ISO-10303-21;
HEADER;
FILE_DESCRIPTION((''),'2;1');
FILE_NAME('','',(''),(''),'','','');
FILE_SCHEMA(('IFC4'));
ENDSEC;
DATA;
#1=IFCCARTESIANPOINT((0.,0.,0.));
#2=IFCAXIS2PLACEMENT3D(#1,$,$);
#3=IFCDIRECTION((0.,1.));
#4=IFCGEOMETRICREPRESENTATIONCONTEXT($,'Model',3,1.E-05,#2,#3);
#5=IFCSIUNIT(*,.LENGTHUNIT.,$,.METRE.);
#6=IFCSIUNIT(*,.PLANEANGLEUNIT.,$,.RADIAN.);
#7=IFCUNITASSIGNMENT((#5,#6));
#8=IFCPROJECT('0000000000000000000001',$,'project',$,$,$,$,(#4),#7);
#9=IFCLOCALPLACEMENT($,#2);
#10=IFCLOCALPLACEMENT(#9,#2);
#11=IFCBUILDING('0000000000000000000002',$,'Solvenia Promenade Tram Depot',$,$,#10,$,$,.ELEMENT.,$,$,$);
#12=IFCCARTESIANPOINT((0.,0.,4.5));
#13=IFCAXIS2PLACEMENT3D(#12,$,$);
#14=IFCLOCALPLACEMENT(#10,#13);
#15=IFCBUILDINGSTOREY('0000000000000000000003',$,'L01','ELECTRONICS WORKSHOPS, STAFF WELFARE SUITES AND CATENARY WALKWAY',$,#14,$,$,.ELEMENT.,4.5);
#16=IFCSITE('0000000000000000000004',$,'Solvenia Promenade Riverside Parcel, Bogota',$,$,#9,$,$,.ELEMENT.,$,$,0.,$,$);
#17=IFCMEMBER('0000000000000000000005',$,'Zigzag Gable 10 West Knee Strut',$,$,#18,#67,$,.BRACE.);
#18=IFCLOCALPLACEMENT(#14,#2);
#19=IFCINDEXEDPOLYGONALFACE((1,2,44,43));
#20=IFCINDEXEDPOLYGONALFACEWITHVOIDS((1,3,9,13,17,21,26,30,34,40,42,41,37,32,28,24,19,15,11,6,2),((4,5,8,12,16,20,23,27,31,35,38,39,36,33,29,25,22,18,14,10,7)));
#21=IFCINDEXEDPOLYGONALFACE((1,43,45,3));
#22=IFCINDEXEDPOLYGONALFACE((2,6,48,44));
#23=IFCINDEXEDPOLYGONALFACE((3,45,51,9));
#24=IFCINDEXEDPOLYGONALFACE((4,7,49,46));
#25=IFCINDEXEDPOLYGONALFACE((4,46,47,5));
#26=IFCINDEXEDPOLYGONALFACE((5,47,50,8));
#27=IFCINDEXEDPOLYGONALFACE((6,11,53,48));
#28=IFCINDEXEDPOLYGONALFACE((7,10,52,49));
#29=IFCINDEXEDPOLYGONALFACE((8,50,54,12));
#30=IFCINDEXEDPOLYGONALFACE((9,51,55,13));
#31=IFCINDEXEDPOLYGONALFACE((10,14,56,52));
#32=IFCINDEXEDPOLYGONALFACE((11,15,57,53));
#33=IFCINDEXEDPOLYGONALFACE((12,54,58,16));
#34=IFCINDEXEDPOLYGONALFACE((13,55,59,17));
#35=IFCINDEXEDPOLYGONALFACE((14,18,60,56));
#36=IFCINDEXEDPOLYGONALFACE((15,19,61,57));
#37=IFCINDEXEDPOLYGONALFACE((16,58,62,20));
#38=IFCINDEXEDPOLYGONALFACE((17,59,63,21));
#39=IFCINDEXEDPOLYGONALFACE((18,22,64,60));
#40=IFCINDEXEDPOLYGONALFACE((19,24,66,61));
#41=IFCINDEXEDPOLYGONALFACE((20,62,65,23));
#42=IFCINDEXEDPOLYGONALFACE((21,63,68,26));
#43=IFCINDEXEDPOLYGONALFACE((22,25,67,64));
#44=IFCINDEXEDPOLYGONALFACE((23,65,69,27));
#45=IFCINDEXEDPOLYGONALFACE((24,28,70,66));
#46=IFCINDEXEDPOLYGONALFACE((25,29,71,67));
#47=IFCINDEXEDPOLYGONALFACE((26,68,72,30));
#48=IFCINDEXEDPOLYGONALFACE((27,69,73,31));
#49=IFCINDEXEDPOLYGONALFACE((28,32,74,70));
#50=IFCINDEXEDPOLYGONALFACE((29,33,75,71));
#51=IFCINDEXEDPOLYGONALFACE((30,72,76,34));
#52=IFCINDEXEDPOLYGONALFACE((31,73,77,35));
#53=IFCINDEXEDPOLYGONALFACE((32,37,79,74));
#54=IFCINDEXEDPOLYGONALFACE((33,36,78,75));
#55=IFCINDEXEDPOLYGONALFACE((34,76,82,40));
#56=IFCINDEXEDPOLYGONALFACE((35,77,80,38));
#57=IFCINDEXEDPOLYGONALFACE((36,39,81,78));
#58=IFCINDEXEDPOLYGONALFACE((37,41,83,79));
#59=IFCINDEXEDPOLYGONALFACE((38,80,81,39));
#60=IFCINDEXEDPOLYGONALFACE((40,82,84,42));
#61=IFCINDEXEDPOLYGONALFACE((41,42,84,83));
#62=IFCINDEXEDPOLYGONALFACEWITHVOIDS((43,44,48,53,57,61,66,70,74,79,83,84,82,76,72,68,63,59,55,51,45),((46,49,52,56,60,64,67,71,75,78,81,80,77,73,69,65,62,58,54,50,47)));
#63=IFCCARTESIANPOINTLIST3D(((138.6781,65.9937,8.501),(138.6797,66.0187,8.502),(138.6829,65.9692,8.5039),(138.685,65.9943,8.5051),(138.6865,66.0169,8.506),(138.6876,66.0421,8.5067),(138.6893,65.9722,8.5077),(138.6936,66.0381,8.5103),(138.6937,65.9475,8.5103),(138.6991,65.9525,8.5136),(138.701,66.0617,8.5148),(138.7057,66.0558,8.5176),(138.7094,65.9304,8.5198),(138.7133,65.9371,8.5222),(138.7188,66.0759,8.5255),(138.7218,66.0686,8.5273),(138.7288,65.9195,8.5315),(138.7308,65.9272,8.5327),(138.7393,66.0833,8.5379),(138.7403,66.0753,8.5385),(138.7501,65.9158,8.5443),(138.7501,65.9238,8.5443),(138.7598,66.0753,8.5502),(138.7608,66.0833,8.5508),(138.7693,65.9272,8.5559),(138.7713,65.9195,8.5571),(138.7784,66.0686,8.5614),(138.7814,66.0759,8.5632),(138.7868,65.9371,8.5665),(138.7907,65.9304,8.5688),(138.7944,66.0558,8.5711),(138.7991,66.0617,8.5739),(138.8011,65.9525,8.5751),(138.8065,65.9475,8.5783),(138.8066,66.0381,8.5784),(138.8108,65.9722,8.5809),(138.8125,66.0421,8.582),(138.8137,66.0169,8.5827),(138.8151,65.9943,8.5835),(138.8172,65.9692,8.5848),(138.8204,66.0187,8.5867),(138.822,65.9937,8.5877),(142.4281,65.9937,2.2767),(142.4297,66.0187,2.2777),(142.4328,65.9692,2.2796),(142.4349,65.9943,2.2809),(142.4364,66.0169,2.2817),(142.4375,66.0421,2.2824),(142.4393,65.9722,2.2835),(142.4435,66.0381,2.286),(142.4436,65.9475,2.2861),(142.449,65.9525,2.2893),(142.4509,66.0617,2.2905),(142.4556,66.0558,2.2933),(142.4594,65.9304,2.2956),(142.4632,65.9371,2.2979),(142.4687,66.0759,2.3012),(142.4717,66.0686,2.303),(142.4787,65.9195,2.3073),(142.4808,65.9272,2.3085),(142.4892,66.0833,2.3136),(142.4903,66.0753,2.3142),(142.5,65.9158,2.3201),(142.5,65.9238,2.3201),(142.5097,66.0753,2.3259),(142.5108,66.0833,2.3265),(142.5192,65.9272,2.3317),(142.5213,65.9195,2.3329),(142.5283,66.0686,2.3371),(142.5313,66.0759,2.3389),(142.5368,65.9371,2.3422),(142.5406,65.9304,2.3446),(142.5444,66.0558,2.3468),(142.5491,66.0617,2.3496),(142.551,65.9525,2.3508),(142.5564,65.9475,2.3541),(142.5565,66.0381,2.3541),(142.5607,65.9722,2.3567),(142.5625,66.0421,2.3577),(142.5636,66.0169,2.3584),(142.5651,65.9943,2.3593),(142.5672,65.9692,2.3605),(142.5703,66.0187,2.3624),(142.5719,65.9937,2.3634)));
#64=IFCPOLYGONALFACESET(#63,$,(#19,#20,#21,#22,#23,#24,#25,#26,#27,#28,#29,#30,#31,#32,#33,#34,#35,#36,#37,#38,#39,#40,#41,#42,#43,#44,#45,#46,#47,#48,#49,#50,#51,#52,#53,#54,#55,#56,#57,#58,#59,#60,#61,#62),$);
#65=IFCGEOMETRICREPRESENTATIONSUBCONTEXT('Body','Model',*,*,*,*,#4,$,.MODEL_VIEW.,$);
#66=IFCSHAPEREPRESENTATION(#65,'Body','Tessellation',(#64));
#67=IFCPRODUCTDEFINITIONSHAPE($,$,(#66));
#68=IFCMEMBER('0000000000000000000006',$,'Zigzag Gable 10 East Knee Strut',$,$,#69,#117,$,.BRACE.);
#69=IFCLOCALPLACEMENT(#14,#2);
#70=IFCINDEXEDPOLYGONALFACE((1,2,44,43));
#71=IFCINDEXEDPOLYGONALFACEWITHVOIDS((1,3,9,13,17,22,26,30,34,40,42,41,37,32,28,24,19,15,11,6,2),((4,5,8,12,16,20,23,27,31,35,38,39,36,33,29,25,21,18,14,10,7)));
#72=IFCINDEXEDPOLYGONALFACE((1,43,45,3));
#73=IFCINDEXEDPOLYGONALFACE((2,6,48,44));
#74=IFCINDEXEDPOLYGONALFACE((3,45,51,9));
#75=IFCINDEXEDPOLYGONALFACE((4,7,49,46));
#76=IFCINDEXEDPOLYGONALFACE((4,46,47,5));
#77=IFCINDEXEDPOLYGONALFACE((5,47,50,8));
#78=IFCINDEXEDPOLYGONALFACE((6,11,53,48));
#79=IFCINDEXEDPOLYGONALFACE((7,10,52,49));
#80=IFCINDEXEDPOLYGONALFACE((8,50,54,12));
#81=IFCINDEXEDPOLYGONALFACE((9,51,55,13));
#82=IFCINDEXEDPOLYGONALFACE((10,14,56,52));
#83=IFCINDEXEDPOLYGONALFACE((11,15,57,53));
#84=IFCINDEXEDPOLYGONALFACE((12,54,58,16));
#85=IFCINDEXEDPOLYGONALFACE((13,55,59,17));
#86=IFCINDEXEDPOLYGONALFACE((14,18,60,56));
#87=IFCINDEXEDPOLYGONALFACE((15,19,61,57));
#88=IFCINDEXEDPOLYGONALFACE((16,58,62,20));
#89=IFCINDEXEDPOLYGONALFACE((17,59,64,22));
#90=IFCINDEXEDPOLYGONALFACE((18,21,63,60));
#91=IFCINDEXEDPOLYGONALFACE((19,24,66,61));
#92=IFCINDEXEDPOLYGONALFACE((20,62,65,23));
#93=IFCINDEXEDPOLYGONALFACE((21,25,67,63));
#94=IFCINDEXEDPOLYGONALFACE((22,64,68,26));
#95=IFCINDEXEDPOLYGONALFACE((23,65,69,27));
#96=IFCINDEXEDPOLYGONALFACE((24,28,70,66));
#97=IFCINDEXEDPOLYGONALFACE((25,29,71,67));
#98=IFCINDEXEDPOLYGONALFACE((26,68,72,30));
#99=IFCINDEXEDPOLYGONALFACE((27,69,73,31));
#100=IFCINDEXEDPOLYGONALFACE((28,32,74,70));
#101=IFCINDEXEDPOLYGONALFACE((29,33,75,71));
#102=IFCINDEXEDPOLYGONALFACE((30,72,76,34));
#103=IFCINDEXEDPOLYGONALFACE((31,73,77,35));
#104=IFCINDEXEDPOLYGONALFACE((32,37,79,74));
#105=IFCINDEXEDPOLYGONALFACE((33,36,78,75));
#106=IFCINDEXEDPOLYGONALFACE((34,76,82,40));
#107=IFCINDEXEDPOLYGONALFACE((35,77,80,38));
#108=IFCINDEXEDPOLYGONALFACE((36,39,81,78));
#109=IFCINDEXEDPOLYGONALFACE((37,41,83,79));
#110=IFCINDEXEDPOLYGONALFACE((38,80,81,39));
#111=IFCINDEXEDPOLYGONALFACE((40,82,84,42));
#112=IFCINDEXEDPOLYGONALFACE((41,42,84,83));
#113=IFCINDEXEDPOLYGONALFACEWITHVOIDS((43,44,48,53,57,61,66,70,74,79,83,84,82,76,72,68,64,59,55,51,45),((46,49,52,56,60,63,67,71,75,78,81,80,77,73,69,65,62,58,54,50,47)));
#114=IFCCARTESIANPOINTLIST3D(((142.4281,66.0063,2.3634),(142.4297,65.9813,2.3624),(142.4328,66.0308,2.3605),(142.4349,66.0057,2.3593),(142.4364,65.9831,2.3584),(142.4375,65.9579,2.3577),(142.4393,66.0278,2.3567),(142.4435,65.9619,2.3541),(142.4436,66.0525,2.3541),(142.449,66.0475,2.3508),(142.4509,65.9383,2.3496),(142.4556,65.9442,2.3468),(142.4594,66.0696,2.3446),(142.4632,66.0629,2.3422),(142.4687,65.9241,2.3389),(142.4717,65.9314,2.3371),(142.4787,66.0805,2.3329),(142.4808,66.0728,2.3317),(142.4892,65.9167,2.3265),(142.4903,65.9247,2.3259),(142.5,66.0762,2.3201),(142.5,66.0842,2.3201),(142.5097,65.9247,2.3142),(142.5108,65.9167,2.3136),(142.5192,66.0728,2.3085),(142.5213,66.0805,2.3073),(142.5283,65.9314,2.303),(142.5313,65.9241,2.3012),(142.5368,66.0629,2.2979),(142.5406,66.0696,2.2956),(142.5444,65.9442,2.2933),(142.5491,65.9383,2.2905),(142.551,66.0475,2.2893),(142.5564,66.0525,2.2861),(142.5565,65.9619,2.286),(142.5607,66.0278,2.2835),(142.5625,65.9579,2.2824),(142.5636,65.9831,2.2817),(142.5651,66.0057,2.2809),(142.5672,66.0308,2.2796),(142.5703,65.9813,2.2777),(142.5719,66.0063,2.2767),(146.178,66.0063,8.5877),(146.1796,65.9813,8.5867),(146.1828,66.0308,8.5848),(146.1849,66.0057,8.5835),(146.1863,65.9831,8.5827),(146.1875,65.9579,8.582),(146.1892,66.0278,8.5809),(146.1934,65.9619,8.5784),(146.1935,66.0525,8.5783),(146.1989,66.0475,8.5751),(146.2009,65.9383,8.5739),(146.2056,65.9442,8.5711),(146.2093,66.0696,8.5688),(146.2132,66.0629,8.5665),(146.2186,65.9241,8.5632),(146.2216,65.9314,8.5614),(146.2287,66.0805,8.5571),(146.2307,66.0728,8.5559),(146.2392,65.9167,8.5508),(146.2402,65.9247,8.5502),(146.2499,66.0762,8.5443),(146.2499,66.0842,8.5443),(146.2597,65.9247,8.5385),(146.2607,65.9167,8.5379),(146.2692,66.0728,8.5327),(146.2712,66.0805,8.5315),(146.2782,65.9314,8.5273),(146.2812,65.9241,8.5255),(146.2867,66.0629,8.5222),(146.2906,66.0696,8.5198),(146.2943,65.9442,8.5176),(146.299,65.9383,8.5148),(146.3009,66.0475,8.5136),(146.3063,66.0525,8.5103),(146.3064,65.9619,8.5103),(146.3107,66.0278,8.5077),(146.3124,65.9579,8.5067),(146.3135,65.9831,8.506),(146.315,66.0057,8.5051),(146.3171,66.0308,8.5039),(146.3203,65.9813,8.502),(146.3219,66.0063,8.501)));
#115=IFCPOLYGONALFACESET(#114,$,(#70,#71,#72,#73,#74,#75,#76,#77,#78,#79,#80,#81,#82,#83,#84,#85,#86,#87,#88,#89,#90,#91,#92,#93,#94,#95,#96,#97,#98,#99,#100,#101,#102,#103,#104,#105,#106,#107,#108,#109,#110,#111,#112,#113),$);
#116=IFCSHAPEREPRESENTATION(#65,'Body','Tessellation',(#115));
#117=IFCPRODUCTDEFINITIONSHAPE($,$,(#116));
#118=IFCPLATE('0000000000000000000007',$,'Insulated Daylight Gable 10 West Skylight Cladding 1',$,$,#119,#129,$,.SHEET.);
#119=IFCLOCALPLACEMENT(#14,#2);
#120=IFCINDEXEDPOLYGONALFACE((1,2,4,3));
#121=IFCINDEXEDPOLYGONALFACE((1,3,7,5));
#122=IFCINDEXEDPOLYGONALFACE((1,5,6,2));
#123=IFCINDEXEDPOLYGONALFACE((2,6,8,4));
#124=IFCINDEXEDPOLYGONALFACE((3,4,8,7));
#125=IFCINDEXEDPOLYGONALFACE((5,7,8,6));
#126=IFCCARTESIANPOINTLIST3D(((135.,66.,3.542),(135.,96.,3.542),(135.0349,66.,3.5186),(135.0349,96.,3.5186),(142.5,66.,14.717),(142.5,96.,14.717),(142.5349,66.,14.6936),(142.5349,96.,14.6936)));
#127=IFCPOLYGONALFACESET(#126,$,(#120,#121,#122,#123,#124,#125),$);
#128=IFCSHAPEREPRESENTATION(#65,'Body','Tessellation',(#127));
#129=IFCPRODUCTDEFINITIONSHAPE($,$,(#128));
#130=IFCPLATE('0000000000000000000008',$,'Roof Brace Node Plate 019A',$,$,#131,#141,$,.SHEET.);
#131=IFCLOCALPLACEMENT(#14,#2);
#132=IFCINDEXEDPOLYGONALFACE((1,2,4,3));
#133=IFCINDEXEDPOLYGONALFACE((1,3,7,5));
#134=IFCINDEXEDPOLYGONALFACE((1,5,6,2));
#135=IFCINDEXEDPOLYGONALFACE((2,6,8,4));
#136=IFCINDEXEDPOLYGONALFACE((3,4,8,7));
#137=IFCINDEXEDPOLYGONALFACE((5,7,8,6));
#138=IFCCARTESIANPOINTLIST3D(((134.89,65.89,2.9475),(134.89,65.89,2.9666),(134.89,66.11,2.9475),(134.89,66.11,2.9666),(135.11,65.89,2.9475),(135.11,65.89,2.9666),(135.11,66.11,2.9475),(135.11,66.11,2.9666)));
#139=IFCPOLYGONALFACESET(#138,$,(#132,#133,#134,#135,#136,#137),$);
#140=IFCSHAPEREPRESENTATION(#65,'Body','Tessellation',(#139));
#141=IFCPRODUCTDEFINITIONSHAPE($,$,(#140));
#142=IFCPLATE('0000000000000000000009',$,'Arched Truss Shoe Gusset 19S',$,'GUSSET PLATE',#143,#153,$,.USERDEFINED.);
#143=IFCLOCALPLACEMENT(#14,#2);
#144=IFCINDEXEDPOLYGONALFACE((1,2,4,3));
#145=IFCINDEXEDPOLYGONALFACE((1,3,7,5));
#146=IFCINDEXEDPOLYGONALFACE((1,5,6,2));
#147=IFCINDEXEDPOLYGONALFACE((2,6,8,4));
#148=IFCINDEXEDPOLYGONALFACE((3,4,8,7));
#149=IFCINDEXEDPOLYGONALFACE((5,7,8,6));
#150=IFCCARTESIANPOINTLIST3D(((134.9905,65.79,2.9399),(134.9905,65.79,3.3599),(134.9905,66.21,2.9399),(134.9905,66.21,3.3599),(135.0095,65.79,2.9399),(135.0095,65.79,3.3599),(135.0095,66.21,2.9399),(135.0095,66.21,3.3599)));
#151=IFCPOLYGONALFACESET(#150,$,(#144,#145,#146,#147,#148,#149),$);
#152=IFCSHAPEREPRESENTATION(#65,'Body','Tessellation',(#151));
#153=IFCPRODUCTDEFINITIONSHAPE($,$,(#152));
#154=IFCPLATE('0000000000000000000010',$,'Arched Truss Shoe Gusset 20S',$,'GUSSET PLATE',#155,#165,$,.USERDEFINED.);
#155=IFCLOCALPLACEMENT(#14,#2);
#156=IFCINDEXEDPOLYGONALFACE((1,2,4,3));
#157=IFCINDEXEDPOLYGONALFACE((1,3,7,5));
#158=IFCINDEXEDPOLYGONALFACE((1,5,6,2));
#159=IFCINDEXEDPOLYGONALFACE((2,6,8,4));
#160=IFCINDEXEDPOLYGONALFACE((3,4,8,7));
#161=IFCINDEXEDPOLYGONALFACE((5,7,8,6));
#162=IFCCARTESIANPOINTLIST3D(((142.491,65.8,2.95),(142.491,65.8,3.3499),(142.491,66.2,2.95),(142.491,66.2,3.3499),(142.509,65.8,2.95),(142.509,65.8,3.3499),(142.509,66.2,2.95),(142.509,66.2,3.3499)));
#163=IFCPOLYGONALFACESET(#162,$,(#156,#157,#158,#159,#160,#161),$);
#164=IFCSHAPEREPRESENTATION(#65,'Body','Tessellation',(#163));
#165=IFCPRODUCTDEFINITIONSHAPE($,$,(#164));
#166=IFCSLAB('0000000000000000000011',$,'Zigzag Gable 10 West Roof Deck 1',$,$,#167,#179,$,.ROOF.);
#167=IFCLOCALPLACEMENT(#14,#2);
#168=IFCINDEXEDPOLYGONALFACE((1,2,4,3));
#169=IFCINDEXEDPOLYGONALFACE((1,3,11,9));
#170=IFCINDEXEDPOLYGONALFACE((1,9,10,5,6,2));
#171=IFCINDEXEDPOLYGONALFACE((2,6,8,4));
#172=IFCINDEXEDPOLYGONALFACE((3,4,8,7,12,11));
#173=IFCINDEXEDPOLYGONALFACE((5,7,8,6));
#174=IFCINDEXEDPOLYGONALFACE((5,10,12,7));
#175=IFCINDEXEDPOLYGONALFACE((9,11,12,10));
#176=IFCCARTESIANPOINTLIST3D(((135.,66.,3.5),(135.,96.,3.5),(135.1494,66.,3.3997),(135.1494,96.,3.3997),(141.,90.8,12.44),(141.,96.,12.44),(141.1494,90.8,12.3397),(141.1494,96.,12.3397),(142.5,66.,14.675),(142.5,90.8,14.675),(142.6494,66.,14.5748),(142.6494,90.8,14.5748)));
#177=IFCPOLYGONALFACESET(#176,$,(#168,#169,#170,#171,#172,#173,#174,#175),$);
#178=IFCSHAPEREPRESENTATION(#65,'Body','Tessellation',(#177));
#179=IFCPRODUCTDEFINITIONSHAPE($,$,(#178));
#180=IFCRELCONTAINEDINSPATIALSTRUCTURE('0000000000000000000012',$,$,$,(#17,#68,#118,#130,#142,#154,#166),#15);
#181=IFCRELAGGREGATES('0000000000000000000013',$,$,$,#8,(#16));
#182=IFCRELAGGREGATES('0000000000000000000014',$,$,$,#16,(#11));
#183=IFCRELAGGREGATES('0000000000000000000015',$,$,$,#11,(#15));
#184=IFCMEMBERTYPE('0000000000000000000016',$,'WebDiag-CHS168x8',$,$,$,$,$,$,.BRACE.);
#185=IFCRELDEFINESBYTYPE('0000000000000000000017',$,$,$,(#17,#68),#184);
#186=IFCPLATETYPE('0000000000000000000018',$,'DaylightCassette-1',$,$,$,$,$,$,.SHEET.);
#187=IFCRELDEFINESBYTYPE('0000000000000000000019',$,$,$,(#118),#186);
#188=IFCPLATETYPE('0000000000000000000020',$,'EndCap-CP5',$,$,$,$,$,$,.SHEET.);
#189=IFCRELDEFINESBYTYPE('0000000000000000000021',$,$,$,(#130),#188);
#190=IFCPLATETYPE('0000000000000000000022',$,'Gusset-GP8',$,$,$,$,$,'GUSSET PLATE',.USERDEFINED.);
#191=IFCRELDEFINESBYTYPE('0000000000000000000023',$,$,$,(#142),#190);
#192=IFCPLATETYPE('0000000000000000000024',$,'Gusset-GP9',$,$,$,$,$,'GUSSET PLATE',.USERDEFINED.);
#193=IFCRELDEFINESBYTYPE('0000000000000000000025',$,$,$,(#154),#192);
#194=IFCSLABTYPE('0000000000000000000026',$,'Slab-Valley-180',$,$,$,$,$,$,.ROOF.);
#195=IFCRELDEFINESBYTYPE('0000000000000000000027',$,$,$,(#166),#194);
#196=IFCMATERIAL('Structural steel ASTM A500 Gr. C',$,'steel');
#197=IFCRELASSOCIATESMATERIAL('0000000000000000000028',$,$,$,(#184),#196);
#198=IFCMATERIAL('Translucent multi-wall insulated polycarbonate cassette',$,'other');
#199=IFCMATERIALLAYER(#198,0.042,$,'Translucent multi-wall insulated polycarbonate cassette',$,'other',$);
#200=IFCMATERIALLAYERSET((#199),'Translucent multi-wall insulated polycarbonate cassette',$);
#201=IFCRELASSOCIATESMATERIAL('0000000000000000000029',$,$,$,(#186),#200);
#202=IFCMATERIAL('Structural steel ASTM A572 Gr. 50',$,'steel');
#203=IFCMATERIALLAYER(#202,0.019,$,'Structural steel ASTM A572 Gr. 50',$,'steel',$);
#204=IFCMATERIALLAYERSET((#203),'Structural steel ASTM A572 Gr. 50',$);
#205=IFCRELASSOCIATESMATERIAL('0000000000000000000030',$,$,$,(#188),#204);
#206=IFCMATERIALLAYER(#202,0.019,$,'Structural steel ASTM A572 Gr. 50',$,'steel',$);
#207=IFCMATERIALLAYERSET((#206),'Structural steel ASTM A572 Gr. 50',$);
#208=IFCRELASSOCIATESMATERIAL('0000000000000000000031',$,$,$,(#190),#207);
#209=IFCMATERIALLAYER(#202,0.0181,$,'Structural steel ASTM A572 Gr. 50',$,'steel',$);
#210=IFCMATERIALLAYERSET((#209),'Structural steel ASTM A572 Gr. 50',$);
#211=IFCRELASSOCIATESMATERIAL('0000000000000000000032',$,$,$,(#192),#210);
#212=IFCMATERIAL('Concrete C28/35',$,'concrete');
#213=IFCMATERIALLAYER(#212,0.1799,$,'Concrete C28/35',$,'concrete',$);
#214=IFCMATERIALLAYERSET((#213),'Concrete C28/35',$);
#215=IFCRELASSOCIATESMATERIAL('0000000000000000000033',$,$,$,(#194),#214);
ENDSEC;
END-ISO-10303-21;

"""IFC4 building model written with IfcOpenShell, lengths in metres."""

from ifc_helpers import new_model, si_unit, direction, frame, origin, origin_2d, place, context, subcontext, project, spatial, polyline, rectangle, hollow_circle, outline, extrude, material, layer, layer_set, material_profile, profile_set, type_object, element, save


model = new_model("IFC4")

# Units and contexts
model_context = context("Model", 3, precision=1e-05, world=origin(), true_north=direction((0.0, 1.0)))
body_context = subcontext(model_context, "Body", "Model", "MODEL_VIEW")
ifc_project = project(units=[si_unit("LENGTHUNIT", "METRE"), si_unit("PLANEANGLEUNIT", "RADIAN")], contexts=[model_context])

# Site, building, storey
site_placement = place(None, origin())
site = spatial("IfcSite", under=ifc_project, at=site_placement, Name="Solvenia Promenade Riverside Parcel, Bogota", CompositionType="ELEMENT", RefElevation=0.0)
building_placement = place(site_placement, origin())
building = spatial("IfcBuilding", under=site, at=building_placement, Name="Solvenia Promenade Tram Depot", CompositionType="ELEMENT")
storey_placement = place(building_placement, frame((0.0, 0.0, 4.5)))
storey = spatial("IfcBuildingStorey", under=building, at=storey_placement, Name="L01", Description="ELECTRONICS WORKSHOPS, STAFF WELFARE SUITES AND CATENARY WALKWAY", CompositionType="ELEMENT", Elevation=4.5)

# Shared definitions
ifc_material_1 = material(Name="Structural steel ASTM A500 Gr. C", Category="steel")

# Members
ifc_material_profile_1 = material_profile(ifc_material_1, hollow_circle(Radius=0.0842, WallThickness=0.0081, at=origin_2d()), Name="CHS168.3x8", Category="steel")
ifc_profile_set_1 = profile_set([ifc_material_profile_1], Name="Structural steel ASTM A500 Gr. C")
member_type_1 = type_object("IfcMemberType", Name="WebDiag-CHS168x8", PredefinedType="BRACE", material=ifc_profile_set_1)
for number, where, z_axis, x_axis, name in (
    (1, (142.5, 66.0, 2.3201), (-0.516051, 0.0, 0.856558), (0.0, -1.0, 0.0), "Zigzag Gable 10 West Knee Strut"),
    (2, (142.5, 66.0, 2.3201), (0.516051, 0.0, 0.856558), (0.0, 1.0, 0.0), "Zigzag Gable 10 East Knee Strut"),
):
    element("IfcMember", number, at=place(storey_placement, frame(where, z_axis=z_axis, x_axis=x_axis)), inside=storey, type_object=member_type_1, Name=name, PredefinedType="BRACE", context=body_context, shape_type="SweptSolid", body=[
        extrude(hollow_circle(Radius=0.0842, WallThickness=0.0081, at=origin_2d()), origin(), (0.0, 0.0, 1.0), 7.2666),
    ])

# Plates
ifc_material_2 = material(Name="Translucent multi-wall insulated polycarbonate cassette", Category="other")
ifc_layer_1 = layer(ifc_material_2, 0.042, Name="Translucent multi-wall insulated polycarbonate cassette", Category="other")
ifc_layer_set_1 = layer_set([ifc_layer_1], Name="Translucent multi-wall insulated polycarbonate cassette")
plate_type_1 = type_object("IfcPlateType", Name="DaylightCassette-1", PredefinedType="SHEET", material=ifc_layer_set_1)
plate_1_placement = place(storey_placement, frame((135.0, 66.0, 3.542), z_axis=(-0.830333, 0.0, 0.557268), x_axis=(0.0, 1.0, 0.0)))
element("IfcPlate", 3, at=plate_1_placement, inside=storey, type_object=plate_type_1, Name="Insulated Daylight Gable 10 West Skylight Cladding 1", PredefinedType="SHEET", context=body_context, shape_type="SweptSolid", body=[
    extrude(outline(polyline([(0.0, 0.0), (30.0, 0.0), (30.0, -13.4585), (0.0, -13.4585), (0.0, 0.0)])), origin(), (0.0, 0.0, -1.0), 0.042),
])
ifc_material_3 = material(Name="Structural steel ASTM A572 Gr. 50", Category="steel")
ifc_layer_2 = layer(ifc_material_3, 0.019, Name="Structural steel ASTM A572 Gr. 50", Category="steel")
ifc_layer_set_2 = layer_set([ifc_layer_2], Name="Structural steel ASTM A572 Gr. 50")
plate_type_2 = type_object("IfcPlateType", Name="EndCap-CP5", PredefinedType="SHEET", material=ifc_layer_set_2)
plate_2_placement = place(storey_placement, frame((135.0, 66.0, 2.9475), z_axis=(0.0, 0.0, 1.0), x_axis=(1.0, 0.0, 0.0)))
element("IfcPlate", 4, at=plate_2_placement, inside=storey, type_object=plate_type_2, Name="Roof Brace Node Plate 019A", PredefinedType="SHEET", context=body_context, shape_type="SweptSolid", body=[
    extrude(rectangle(XDim=0.22, YDim=0.22, at=origin_2d()), origin(), (0.0, 0.0, 1.0), 0.019),
])
ifc_layer_3 = layer(ifc_material_3, 0.019, Name="Structural steel ASTM A572 Gr. 50", Category="steel")
ifc_layer_set_3 = layer_set([ifc_layer_3], Name="Structural steel ASTM A572 Gr. 50")
plate_type_3 = type_object("IfcPlateType", Name="Gusset-GP8", ElementType="GUSSET PLATE", PredefinedType="USERDEFINED", material=ifc_layer_set_3)
plate_3_placement = place(storey_placement, frame((135.0, 66.0, 2.9399), z_axis=(0.0, 0.0, 1.0), x_axis=(1.0, 0.0, 0.0)))
element("IfcPlate", 5, at=plate_3_placement, inside=storey, type_object=plate_type_3, Name="Arched Truss Shoe Gusset 19S", ObjectType="GUSSET PLATE", PredefinedType="USERDEFINED", context=body_context, shape_type="SweptSolid", body=[
    extrude(rectangle(XDim=0.019, YDim=0.4199, at=origin_2d()), origin(), (0.0, 0.0, 1.0), 0.4199),
])
ifc_layer_4 = layer(ifc_material_3, 0.0181, Name="Structural steel ASTM A572 Gr. 50", Category="steel")
ifc_layer_set_4 = layer_set([ifc_layer_4], Name="Structural steel ASTM A572 Gr. 50")
plate_type_4 = type_object("IfcPlateType", Name="Gusset-GP9", ElementType="GUSSET PLATE", PredefinedType="USERDEFINED", material=ifc_layer_set_4)
plate_4_placement = place(storey_placement, frame((142.5, 66.0, 2.95), z_axis=(0.0, 0.0, 1.0), x_axis=(1.0, 0.0, 0.0)))
element("IfcPlate", 6, at=plate_4_placement, inside=storey, type_object=plate_type_4, Name="Arched Truss Shoe Gusset 20S", ObjectType="GUSSET PLATE", PredefinedType="USERDEFINED", context=body_context, shape_type="SweptSolid", body=[
    extrude(rectangle(XDim=0.0181, YDim=0.3999, at=origin_2d()), origin(), (0.0, 0.0, 1.0), 0.3999),
])

# Slab
ifc_material_4 = material(Name="Concrete C28/35", Category="concrete")
ifc_layer_5 = layer(ifc_material_4, 0.1799, Name="Concrete C28/35", Category="concrete")
ifc_layer_set_5 = layer_set([ifc_layer_5], Name="Concrete C28/35")
slab_type = type_object("IfcSlabType", Name="Slab-Valley-180", PredefinedType="ROOF", material=ifc_layer_set_5)
slab_placement = place(storey_placement, frame((135.0, 66.0, 3.5), z_axis=(-0.830332, 0.000001, 0.557268), x_axis=(0.000001, 1.0, -0.000001)))
element("IfcSlab", 7, at=slab_placement, inside=storey, type_object=slab_type, Name="Zigzag Gable 10 West Roof Deck 1", PredefinedType="ROOF", context=body_context, shape_type="SweptSolid", body=[
    extrude(outline(polyline([(0.0, 0.0), (30.0, 0.0), (30.0, -10.7667), (24.8, -10.7667), (24.8, -13.4585), (0.0, -13.4585), (0.0, 0.0)])), origin(), (0.0, 0.0, -1.0), 0.1799),
])

save(model, "model.ifc")
